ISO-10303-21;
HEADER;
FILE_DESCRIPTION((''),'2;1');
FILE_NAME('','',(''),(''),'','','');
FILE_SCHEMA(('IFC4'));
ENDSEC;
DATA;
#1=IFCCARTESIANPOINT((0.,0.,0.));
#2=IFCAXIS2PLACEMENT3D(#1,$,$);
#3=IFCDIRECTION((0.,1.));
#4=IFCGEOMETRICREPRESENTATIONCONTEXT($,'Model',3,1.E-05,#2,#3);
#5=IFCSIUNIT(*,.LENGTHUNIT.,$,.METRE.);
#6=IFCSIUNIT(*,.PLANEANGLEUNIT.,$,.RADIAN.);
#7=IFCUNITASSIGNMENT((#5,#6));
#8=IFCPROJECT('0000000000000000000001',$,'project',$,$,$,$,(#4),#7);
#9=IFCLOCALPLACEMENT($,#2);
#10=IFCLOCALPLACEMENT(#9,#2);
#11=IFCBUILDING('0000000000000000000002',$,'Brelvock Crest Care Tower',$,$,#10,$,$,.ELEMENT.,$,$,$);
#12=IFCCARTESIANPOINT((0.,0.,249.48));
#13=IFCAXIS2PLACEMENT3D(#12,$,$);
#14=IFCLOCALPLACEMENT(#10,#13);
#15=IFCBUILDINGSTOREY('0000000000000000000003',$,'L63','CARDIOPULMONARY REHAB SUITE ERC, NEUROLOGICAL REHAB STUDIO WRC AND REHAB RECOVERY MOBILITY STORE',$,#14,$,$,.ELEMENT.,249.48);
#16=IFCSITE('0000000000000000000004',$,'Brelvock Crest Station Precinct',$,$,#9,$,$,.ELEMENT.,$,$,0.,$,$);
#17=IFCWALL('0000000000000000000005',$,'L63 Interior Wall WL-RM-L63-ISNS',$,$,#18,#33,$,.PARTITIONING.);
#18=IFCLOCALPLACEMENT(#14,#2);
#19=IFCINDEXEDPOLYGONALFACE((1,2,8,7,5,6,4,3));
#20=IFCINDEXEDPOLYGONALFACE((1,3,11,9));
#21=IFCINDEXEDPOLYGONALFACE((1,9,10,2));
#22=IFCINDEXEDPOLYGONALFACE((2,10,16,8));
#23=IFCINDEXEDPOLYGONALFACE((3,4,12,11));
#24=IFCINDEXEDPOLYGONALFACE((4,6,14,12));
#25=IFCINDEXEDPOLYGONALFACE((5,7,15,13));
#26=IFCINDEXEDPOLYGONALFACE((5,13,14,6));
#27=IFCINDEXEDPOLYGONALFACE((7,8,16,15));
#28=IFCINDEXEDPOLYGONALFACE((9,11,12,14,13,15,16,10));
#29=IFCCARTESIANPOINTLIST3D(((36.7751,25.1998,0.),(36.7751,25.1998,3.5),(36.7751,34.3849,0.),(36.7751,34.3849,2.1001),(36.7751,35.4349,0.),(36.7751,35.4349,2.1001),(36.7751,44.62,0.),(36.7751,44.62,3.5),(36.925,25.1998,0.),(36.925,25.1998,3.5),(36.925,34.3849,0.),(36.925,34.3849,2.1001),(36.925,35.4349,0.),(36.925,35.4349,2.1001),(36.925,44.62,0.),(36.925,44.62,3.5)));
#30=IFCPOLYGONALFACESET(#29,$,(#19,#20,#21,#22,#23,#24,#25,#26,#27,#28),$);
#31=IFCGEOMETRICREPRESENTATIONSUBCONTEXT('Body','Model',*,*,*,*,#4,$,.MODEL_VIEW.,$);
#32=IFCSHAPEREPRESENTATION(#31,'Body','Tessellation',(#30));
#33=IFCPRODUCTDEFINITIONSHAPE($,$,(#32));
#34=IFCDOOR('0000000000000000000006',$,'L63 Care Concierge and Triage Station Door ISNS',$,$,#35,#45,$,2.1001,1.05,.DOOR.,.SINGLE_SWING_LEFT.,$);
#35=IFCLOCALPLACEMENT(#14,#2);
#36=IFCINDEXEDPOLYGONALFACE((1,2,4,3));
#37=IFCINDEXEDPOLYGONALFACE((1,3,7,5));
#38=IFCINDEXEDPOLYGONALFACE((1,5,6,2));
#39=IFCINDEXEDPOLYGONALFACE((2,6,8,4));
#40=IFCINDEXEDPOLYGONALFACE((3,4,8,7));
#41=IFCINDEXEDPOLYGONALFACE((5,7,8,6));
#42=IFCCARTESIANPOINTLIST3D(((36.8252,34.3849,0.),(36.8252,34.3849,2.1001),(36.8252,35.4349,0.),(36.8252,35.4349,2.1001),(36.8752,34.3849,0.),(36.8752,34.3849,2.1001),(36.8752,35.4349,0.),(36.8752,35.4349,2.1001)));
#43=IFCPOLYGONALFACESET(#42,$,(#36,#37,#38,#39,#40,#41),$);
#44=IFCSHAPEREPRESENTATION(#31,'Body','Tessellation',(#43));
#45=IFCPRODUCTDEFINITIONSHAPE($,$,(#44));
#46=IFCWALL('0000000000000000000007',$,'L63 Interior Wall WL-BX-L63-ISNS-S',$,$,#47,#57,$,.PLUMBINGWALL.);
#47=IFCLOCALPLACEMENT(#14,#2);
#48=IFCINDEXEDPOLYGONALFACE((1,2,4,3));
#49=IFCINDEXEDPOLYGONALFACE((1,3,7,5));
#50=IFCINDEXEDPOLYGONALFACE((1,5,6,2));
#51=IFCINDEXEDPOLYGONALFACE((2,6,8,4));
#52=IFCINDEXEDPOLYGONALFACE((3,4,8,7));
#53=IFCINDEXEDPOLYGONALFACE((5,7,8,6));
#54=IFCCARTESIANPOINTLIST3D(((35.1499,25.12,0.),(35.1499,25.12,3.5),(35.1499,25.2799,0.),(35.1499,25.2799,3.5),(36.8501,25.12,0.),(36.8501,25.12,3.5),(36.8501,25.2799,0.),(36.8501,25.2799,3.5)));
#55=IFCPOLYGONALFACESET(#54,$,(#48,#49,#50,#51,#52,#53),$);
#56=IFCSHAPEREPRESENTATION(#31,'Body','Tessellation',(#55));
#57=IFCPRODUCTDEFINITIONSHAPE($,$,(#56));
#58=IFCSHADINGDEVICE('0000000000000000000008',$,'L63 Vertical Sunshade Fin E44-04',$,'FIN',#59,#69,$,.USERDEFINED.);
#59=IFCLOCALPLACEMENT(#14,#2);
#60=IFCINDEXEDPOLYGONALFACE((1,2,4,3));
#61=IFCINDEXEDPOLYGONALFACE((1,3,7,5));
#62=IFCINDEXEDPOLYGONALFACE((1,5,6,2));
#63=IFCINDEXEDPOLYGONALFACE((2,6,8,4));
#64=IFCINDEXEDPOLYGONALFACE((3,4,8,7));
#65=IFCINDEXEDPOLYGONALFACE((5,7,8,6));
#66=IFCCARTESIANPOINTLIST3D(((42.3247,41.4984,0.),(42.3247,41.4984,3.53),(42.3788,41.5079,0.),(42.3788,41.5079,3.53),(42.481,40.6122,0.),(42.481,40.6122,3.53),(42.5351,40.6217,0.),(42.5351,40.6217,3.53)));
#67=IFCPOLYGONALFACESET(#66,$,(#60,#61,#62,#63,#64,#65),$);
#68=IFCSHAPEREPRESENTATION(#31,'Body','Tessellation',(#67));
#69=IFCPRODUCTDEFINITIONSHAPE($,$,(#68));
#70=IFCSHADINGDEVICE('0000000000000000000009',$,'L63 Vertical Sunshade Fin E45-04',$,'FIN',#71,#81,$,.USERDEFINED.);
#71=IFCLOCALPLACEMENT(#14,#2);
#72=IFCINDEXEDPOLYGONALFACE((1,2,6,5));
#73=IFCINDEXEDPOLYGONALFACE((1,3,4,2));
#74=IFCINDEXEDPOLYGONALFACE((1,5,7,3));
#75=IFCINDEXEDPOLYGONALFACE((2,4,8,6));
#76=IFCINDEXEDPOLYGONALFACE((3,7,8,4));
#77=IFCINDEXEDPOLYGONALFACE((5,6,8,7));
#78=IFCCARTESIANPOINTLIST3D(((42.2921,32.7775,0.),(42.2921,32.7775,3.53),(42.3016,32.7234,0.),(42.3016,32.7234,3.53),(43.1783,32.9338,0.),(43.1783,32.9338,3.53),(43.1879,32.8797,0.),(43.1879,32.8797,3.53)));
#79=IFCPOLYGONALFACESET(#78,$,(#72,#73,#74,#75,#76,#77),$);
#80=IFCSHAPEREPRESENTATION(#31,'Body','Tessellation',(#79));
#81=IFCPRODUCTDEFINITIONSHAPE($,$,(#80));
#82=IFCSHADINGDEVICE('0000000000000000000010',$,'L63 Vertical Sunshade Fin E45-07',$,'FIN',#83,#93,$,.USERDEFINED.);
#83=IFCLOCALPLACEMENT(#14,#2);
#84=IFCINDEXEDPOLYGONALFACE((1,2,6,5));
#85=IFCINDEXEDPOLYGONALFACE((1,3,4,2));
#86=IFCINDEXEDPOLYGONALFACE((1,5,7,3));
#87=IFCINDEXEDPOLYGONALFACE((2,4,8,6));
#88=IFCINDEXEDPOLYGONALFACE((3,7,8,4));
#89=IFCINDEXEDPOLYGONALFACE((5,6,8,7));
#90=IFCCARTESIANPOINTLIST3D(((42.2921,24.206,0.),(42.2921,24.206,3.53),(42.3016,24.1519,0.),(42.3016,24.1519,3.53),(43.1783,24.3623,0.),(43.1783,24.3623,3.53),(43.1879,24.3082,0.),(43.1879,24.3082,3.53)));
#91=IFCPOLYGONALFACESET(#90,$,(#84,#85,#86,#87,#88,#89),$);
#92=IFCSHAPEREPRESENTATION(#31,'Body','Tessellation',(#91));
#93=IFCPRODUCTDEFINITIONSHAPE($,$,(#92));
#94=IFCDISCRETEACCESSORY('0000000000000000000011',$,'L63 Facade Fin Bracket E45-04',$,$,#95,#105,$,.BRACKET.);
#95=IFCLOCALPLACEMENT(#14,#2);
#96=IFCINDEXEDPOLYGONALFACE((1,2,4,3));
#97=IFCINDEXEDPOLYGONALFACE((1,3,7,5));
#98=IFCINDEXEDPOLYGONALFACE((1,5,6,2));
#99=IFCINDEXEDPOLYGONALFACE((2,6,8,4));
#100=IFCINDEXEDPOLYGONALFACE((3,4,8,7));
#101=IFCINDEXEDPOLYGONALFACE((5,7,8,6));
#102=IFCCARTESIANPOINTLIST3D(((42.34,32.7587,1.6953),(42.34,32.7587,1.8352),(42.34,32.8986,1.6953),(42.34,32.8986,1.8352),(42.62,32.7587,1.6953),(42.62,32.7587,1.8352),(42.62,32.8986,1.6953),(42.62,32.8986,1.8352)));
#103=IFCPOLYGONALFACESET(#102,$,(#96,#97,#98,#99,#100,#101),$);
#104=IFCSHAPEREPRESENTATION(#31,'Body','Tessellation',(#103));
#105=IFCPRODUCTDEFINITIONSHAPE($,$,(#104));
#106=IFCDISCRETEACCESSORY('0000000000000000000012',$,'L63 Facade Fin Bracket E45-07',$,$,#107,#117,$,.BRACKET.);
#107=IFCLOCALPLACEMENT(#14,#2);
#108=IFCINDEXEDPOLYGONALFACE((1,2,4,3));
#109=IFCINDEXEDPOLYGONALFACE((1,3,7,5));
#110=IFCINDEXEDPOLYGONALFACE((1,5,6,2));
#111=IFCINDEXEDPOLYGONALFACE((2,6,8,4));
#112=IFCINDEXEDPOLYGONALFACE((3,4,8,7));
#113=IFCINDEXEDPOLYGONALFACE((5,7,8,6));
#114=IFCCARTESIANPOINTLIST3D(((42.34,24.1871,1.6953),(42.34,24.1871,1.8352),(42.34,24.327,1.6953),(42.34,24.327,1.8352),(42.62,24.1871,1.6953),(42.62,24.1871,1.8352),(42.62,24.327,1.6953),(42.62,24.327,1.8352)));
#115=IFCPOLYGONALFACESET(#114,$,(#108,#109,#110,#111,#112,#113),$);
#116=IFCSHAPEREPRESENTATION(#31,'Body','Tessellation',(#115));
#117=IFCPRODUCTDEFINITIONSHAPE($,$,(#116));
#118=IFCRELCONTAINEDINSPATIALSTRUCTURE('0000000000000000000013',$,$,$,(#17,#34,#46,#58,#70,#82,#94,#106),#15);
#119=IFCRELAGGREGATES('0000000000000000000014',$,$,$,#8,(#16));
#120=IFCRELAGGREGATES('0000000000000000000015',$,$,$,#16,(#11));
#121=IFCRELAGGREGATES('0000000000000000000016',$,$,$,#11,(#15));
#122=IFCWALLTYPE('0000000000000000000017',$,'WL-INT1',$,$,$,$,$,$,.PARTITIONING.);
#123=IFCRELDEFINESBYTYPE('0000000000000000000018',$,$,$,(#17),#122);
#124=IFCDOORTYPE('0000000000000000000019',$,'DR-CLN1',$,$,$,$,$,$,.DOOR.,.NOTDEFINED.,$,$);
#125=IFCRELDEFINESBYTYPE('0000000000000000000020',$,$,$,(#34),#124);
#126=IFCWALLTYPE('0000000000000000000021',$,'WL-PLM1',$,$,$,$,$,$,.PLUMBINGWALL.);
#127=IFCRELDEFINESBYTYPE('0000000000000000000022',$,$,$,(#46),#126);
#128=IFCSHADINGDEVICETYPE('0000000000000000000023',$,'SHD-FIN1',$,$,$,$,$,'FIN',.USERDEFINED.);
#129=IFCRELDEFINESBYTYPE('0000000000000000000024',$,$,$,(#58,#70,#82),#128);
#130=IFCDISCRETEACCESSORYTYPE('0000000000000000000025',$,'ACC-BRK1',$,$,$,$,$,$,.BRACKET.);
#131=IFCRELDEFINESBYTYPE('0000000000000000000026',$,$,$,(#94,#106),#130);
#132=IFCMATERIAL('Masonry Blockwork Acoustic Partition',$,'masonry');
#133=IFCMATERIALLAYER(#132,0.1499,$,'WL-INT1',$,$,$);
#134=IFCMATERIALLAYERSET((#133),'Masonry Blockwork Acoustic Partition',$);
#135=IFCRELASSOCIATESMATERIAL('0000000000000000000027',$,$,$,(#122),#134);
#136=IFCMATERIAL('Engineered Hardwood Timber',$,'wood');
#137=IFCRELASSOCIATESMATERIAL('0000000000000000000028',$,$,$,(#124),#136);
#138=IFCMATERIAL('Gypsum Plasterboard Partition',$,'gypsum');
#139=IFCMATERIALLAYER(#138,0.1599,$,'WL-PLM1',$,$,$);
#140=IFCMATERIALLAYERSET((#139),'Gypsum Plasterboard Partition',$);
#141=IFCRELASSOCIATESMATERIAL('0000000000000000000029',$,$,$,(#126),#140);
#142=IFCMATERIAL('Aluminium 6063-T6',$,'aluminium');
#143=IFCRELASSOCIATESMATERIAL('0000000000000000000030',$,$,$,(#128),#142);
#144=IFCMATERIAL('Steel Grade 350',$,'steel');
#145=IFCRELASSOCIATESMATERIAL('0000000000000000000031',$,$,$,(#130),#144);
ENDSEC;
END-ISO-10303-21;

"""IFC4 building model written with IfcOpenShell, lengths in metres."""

from ifc_helpers import new_model, si_unit, direction, frame, frame_2d, origin, origin_2d, place, context, subcontext, project, spatial, rectangle, extrude, source, transform, mapped, material, layer, layer_set, material_profile, profile_set, type_object, element, fill, save


model = new_model("IFC4")

# Units and contexts
model_context = context("Model", 3, precision=1e-05, world=origin(), true_north=direction((0.0, 1.0)))
body_context = subcontext(model_context, "Body", "Model", "MODEL_VIEW")
ifc_project = project(units=[si_unit("LENGTHUNIT", "METRE"), si_unit("PLANEANGLEUNIT", "RADIAN")], contexts=[model_context])

# Site, building, storey
site_placement = place(None, origin())
site = spatial("IfcSite", under=ifc_project, at=site_placement, Name="Brelvock Crest Station Precinct", CompositionType="ELEMENT", RefElevation=0.0)
building_placement = place(site_placement, origin())
building = spatial("IfcBuilding", under=site, at=building_placement, Name="Brelvock Crest Care Tower", CompositionType="ELEMENT")
storey_placement = place(building_placement, frame((0.0, 0.0, 249.48)))
storey = spatial("IfcBuildingStorey", under=building, at=storey_placement, Name="L63", Description="CARDIOPULMONARY REHAB SUITE ERC, NEUROLOGICAL REHAB STUDIO WRC AND REHAB RECOVERY MOBILITY STORE", CompositionType="ELEMENT", Elevation=249.48)

# Shared definitions
ifc_material_1 = material(Name="Aluminium 6063-T6", Category="aluminium")

# Shared definitions
ifc_material_2 = material(Name="Masonry Blockwork Acoustic Partition", Category="masonry")
ifc_layer_1 = layer(ifc_material_2, 0.1499, Name="WL-INT1")
ifc_layer_set_1 = layer_set([ifc_layer_1], Name="Masonry Blockwork Acoustic Partition")
wall_type_1 = type_object("IfcWallType", Name="WL-INT1", PredefinedType="PARTITIONING", material=ifc_layer_set_1)

# Wall, opening, door
wall_1_placement = place(storey_placement, frame((36.8501, 25.2, 0.0), z_axis=(0.0, 0.0, 1.0), x_axis=(0.0, 1.0, 0.0)))
wall_1 = element("IfcWall", 1, at=wall_1_placement, inside=storey, type_object=wall_type_1, Name="L63 Interior Wall WL-RM-L63-ISNS", PredefinedType="PARTITIONING", context=body_context, shape_type="SweptSolid", body=[
    extrude(rectangle(XDim=19.4202, YDim=0.1499, at=frame_2d((9.71, 0.0))), origin(), (0.0, 0.0, 1.0), 3.5),
])
opening_placement = place(wall_1_placement, frame((9.1851, 0.0, 0.0)))
opening = element("IfcOpeningElement", 2, at=opening_placement, cuts=wall_1, PredefinedType="OPENING", context=body_context, shape_type="SweptSolid", body=[
    extrude(rectangle(XDim=1.05, YDim=2.1001, at=origin_2d()), frame((0.5249, 0.085, 1.05), z_axis=(0.0, -1.0, 0.0), x_axis=(1.0, 0.0, 0.0)), (0.0, 0.0, 1.0), 0.1699),
])
ifc_material_3 = material(Name="Engineered Hardwood Timber", Category="wood")
door_type = type_object("IfcDoorType", Name="DR-CLN1", OperationType="NOTDEFINED", PredefinedType="DOOR", material=ifc_material_3)
shared_shape_1 = source(origin(), body_context, "Body", "SweptSolid", [
    extrude(rectangle(XDim=1.05, YDim=2.1001, at=origin_2d()), frame((0.5249, 0.0249, 1.05), z_axis=(0.0, -1.0, 0.0), x_axis=(1.0, 0.0, 0.0)), (0.0, 0.0, 1.0), 0.05),
])
door_placement = place(opening_placement, origin())
door = element("IfcDoor", 3, at=door_placement, inside=storey, type_object=door_type, Name="L63 Care Concierge and Triage Station Door ISNS", OperationType="SINGLE_SWING_LEFT", OverallHeight=2.1001, OverallWidth=1.05, PredefinedType="DOOR", context=body_context, shape_type="MappedRepresentation", body=[
    mapped(shared_shape_1, transform((0.0, 0.0, 0.0), x_axis=(1.0, 0.0, 0.0), y_axis=(0.0, 1.0, 0.0), z_axis=(0.0, 0.0, 1.0), scale=1.0)),
])
fill(opening, door)

# Wall
ifc_material_4 = material(Name="Gypsum Plasterboard Partition", Category="gypsum")
ifc_layer_2 = layer(ifc_material_4, 0.1599, Name="WL-PLM1")
ifc_layer_set_2 = layer_set([ifc_layer_2], Name="Gypsum Plasterboard Partition")
wall_type_2 = type_object("IfcWallType", Name="WL-PLM1", PredefinedType="PLUMBINGWALL", material=ifc_layer_set_2)
wall_2_placement = place(storey_placement, frame((35.1499, 25.2, 0.0), z_axis=(0.0, 0.0, 1.0), x_axis=(1.0, 0.0, 0.0)))
element("IfcWall", 4, at=wall_2_placement, inside=storey, type_object=wall_type_2, Name="L63 Interior Wall WL-BX-L63-ISNS-S", PredefinedType="PLUMBINGWALL", context=body_context, shape_type="SweptSolid", body=[
    extrude(rectangle(XDim=1.7002, YDim=0.1599, at=frame_2d((0.8501, 0.0))), origin(), (0.0, 0.0, 1.0), 3.5),
])

# Shading devices
ifc_material_profile_1 = material_profile(ifc_material_1, rectangle(XDim=0.0549, YDim=0.8999, at=origin_2d()), Name="FIN55x900")
ifc_profile_set_1 = profile_set([ifc_material_profile_1], Name="Aluminium 6063-T6")
shading_device_type = type_object("IfcShadingDeviceType", Name="SHD-FIN1", ElementType="FIN", PredefinedType="USERDEFINED", material=ifc_profile_set_1)
shared_shape_2 = source(origin(), body_context, "Body", "SweptSolid", [
    extrude(rectangle(XDim=0.0549, YDim=0.8999, at=origin_2d()), origin(), (0.0, 0.0, 1.0), 3.53),
])
for number, where, z_axis, x_axis, name in (
    (5, (42.4299, 41.0601, 0.0), (0.0, 0.0, 1.0), (-0.984808, -0.173648, 0.0), "L63 Vertical Sunshade Fin E44-04"),
    (6, (42.74, 32.8286, 0.0), (0.0, 0.0, 1.0), (0.173648, -0.984808, 0.0), "L63 Vertical Sunshade Fin E45-04"),
    (7, (42.74, 24.2571, 0.0), (0.0, 0.0, 1.0), (0.173648, -0.984808, 0.0), "L63 Vertical Sunshade Fin E45-07"),
):
    element("IfcShadingDevice", number, at=place(storey_placement, frame(where, z_axis=z_axis, x_axis=x_axis)), inside=storey, type_object=shading_device_type, Name=name, ObjectType="FIN", PredefinedType="USERDEFINED", context=body_context, shape_type="MappedRepresentation", body=[
        mapped(shared_shape_2, transform((0.0, 0.0, 0.0), x_axis=(1.0, 0.0, 0.0), y_axis=(0.0, 1.0, 0.0), z_axis=(0.0, 0.0, 1.0), scale=1.0)),
    ])

# Discrete accessories
ifc_material_5 = material(Name="Steel Grade 350", Category="steel")
discrete_accessory_type = type_object("IfcDiscreteAccessoryType", Name="ACC-BRK1", PredefinedType="BRACKET", material=ifc_material_5)
shared_shape_3 = source(origin(), body_context, "Body", "SweptSolid", [
    extrude(rectangle(XDim=0.28, YDim=0.1399, at=origin_2d()), origin(), (0.0, 0.0, 1.0), 0.1399),
])
for number, where, z_axis, x_axis, name in (
    (8, (42.48, 32.8286, 1.6953), (0.0, 0.0, 1.0), (1.0, 0.0, 0.0), "L63 Facade Fin Bracket E45-04"),
    (9, (42.48, 24.2571, 1.6953), (0.0, 0.0, 1.0), (1.0, 0.0, 0.0), "L63 Facade Fin Bracket E45-07"),
):
    element("IfcDiscreteAccessory", number, at=place(storey_placement, frame(where, z_axis=z_axis, x_axis=x_axis)), inside=storey, type_object=discrete_accessory_type, Name=name, PredefinedType="BRACKET", context=body_context, shape_type="MappedRepresentation", body=[
        mapped(shared_shape_3, transform((0.0, 0.0, 0.0), x_axis=(1.0, 0.0, 0.0), y_axis=(0.0, 1.0, 0.0), z_axis=(0.0, 0.0, 1.0), scale=1.0)),
    ])

save(model, "model.ifc")
